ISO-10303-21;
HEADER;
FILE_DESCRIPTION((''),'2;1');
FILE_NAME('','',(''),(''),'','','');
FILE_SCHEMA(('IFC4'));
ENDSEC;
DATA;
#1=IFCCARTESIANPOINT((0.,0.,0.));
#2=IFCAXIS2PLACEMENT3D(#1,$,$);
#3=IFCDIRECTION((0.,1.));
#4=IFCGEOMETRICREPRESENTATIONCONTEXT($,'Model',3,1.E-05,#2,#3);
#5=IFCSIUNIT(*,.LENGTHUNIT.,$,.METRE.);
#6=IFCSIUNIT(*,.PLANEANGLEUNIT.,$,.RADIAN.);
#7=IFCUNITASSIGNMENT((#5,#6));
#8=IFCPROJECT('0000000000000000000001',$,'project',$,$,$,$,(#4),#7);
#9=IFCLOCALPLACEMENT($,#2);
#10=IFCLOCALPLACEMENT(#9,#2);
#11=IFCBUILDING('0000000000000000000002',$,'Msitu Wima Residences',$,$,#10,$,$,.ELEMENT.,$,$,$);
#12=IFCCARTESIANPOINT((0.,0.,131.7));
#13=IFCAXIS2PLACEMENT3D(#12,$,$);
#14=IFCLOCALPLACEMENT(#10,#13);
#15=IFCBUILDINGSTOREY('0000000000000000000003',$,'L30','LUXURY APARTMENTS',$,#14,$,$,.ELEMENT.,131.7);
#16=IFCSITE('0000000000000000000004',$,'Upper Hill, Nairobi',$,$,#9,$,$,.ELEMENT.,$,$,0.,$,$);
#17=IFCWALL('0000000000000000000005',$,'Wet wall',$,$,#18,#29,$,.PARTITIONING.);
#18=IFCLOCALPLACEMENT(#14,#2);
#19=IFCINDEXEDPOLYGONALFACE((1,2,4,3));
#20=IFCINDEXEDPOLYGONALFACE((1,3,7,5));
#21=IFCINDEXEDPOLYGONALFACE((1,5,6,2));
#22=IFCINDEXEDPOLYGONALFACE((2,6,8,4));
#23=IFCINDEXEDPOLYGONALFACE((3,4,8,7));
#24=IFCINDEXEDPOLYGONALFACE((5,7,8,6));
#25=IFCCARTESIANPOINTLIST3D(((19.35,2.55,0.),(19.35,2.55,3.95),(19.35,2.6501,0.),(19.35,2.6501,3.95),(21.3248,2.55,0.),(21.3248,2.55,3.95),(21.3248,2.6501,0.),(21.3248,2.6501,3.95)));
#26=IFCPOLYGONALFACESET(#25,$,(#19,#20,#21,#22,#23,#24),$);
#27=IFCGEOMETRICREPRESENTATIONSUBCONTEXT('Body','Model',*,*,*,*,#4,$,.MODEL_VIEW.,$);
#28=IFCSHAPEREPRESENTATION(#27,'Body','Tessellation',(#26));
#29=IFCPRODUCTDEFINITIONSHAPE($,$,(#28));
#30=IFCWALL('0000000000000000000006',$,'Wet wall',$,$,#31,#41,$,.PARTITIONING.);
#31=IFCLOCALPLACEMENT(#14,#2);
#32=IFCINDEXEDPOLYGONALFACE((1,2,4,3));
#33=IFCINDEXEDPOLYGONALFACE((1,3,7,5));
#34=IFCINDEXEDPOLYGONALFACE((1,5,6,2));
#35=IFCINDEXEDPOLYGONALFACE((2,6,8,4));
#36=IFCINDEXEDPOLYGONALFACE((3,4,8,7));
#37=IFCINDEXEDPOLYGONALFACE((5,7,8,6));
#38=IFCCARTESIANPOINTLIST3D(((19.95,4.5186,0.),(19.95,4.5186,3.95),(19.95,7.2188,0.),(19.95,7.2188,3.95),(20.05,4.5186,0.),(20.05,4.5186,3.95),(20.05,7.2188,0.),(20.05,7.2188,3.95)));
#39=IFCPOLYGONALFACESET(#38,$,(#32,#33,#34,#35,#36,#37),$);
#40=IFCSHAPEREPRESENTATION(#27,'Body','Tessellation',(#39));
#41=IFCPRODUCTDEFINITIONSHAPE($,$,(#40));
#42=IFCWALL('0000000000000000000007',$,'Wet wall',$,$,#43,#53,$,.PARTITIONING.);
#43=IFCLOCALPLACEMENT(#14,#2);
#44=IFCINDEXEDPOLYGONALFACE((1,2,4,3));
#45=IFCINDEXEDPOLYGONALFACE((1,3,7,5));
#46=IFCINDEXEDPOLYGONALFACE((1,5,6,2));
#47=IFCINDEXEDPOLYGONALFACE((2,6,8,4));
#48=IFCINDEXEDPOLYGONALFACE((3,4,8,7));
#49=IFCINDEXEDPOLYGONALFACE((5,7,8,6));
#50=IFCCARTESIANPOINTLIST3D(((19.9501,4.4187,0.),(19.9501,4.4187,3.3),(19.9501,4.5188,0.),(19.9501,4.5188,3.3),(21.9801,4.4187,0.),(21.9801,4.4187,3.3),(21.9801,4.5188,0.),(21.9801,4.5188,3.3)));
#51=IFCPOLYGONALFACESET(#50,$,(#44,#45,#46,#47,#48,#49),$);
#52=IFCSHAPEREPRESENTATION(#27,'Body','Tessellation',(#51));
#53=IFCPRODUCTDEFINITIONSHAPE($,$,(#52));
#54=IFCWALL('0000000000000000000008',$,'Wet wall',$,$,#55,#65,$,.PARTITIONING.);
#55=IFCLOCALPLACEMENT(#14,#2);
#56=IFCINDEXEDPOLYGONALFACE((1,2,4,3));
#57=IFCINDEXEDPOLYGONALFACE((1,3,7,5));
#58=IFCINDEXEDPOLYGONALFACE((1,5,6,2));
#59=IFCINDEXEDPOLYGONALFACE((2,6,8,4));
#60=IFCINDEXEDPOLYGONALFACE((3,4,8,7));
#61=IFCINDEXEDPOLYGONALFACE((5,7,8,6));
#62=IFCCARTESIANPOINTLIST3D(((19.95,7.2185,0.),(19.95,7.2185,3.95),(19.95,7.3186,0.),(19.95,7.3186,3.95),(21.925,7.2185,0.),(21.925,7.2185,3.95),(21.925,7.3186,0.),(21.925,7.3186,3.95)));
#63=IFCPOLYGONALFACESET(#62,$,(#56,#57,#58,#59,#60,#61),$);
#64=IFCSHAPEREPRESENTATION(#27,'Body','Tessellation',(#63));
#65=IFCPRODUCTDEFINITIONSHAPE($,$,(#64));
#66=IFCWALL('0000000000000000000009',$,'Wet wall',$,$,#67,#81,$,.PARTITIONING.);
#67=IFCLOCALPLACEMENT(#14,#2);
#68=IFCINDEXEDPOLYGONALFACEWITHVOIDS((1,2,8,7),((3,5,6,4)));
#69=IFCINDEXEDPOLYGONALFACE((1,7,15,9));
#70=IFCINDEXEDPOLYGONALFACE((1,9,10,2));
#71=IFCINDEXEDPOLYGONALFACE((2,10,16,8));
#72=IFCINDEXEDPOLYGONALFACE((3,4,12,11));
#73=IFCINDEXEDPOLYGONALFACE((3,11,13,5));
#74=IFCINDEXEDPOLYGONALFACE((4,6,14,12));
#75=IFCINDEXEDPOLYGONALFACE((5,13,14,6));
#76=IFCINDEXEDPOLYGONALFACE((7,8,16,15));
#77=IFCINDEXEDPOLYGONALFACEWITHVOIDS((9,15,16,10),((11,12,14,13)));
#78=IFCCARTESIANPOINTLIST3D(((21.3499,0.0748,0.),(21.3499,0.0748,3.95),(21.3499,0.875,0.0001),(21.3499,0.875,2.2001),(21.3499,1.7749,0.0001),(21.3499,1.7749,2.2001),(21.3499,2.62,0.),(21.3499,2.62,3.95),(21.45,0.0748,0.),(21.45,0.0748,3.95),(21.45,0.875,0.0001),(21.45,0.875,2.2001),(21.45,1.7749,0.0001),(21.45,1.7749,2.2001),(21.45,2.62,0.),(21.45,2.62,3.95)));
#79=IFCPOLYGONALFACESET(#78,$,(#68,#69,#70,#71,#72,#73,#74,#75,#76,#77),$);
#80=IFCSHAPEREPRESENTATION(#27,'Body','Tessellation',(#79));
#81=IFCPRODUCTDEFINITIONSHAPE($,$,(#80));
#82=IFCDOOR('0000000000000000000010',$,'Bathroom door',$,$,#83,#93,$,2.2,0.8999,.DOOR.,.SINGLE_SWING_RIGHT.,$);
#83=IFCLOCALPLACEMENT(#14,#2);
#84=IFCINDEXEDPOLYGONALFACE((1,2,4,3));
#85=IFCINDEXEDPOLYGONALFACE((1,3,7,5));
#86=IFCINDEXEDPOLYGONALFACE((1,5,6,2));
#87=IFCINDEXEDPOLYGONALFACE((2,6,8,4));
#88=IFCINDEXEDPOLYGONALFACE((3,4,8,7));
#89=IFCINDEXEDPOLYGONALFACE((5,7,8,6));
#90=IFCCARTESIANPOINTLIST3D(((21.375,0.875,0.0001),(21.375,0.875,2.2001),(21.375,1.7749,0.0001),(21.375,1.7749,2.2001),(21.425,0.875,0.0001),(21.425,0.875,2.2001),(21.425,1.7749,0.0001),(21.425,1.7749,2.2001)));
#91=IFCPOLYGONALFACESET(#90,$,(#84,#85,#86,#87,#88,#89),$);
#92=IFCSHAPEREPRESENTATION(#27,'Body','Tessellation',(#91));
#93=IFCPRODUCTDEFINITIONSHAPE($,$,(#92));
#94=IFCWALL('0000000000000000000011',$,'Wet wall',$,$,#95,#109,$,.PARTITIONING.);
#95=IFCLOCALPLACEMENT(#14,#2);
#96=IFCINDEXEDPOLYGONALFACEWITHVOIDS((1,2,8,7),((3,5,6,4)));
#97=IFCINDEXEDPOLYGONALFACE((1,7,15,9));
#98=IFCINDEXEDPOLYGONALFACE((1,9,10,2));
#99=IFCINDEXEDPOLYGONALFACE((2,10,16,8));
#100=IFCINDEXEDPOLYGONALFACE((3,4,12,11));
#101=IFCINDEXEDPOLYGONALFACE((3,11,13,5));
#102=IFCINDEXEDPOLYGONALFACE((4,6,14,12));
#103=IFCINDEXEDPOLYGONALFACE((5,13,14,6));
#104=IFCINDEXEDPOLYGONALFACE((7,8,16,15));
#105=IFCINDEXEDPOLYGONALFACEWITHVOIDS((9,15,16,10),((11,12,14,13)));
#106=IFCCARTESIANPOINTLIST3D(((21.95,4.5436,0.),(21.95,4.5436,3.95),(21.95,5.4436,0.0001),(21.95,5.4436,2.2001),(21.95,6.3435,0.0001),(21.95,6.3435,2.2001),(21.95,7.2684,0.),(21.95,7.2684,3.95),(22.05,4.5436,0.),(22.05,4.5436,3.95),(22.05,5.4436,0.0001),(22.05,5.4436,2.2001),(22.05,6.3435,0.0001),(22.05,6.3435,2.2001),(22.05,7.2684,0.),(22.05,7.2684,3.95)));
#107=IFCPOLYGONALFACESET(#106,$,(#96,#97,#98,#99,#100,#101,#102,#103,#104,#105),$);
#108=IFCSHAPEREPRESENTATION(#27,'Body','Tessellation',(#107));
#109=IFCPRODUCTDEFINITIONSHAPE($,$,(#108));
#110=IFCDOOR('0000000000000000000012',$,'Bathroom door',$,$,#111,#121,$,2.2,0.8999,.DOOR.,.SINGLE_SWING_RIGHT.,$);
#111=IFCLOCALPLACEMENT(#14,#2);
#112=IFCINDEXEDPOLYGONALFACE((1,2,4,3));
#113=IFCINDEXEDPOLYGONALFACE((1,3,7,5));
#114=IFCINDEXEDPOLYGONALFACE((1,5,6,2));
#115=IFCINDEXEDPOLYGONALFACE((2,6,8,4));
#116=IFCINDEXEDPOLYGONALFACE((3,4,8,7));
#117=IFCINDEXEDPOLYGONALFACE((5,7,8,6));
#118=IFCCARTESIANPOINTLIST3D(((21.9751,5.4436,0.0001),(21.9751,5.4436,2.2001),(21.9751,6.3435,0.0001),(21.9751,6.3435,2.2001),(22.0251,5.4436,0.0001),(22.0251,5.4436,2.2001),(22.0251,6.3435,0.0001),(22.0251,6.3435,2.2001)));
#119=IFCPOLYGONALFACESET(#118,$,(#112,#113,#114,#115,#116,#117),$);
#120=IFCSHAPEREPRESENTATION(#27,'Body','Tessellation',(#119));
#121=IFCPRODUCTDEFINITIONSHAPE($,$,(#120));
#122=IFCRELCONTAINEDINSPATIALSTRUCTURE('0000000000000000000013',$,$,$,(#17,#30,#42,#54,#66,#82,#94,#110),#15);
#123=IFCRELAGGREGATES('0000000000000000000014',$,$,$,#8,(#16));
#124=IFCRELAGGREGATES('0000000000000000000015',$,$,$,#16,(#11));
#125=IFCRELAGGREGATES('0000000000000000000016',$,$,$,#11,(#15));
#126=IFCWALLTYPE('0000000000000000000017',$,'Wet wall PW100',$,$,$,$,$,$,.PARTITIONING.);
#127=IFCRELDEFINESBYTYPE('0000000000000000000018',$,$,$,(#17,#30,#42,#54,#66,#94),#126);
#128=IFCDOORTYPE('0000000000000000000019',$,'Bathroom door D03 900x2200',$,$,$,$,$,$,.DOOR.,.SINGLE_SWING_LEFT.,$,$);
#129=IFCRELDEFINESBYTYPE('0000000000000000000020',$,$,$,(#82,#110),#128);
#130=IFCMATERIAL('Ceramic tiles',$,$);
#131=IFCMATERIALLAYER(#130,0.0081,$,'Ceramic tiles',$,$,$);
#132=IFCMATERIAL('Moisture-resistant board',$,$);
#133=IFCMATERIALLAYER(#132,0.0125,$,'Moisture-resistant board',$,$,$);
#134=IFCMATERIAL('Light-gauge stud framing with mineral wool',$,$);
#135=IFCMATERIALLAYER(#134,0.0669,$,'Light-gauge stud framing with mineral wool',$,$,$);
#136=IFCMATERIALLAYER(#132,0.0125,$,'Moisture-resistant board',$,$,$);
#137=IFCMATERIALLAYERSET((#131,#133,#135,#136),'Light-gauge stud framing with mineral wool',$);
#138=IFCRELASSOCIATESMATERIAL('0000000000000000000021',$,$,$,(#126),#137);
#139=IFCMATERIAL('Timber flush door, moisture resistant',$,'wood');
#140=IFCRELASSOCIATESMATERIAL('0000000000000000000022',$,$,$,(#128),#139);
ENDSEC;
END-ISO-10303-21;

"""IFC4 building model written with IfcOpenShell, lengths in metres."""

from ifc_helpers import new_model, si_unit, direction, frame, frame_2d, origin, place, context, subcontext, project, spatial, rectangle, extrude, material, layer, layer_set, type_object, element, fill, save


model = new_model("IFC4")

# Units and contexts
model_context = context("Model", 3, precision=1e-05, world=origin(), true_north=direction((0.0, 1.0)))
body_context = subcontext(model_context, "Body", "Model", "MODEL_VIEW")
ifc_project = project(units=[si_unit("LENGTHUNIT", "METRE"), si_unit("PLANEANGLEUNIT", "RADIAN")], contexts=[model_context])

# Site, building, storey
site_placement = place(None, origin())
site = spatial("IfcSite", under=ifc_project, at=site_placement, Name="Upper Hill, Nairobi", CompositionType="ELEMENT", RefElevation=0.0)
building_placement = place(site_placement, origin())
building = spatial("IfcBuilding", under=site, at=building_placement, Name="Msitu Wima Residences", CompositionType="ELEMENT")
storey_placement = place(building_placement, frame((0.0, 0.0, 131.7)))
storey = spatial("IfcBuildingStorey", under=building, at=storey_placement, Name="L30", Description="LUXURY APARTMENTS", CompositionType="ELEMENT", Elevation=131.7)

# Walls
ifc_material_1 = material(Name="Ceramic tiles")
ifc_layer_1 = layer(ifc_material_1, 0.0081, Name="Ceramic tiles")
ifc_material_2 = material(Name="Moisture-resistant board")
ifc_layer_2 = layer(ifc_material_2, 0.0125, Name="Moisture-resistant board")
ifc_material_3 = material(Name="Light-gauge stud framing with mineral wool")
ifc_layer_3 = layer(ifc_material_3, 0.0669, Name="Light-gauge stud framing with mineral wool")
ifc_layer_4 = layer(ifc_material_2, 0.0125, Name="Moisture-resistant board")
ifc_layer_set_1 = layer_set([ifc_layer_1, ifc_layer_2, ifc_layer_3, ifc_layer_4], Name="Light-gauge stud framing with mineral wool")
wall_type_1 = type_object("IfcWallType", Name="Wet wall PW100", PredefinedType="PARTITIONING", material=ifc_layer_set_1)
wall_1_placement = place(storey_placement, frame((19.3501, 2.6001, 0.0), z_axis=(0.0, 0.0, 1.0), x_axis=(1.0, 0.0, 0.0)))
element("IfcWall", 1, at=wall_1_placement, inside=storey, type_object=wall_type_1, Name="Wet wall", PredefinedType="PARTITIONING", context=body_context, shape_type="SweptSolid", body=[
    extrude(rectangle(XDim=1.9749, YDim=0.1001, at=frame_2d((0.9873, 0.0))), origin(), (0.0, 0.0, 1.0), 3.95),
])
wall_2_placement = place(storey_placement, frame((20.0, 4.5186, 0.0), z_axis=(0.0, 0.0, 1.0), x_axis=(0.0, 1.0, 0.0)))
element("IfcWall", 2, at=wall_2_placement, inside=storey, type_object=wall_type_1, Name="Wet wall", PredefinedType="PARTITIONING", context=body_context, shape_type="SweptSolid", body=[
    extrude(rectangle(XDim=2.7002, YDim=0.1001, at=frame_2d((1.3501, 0.0))), origin(), (0.0, 0.0, 1.0), 3.95),
])
wall_3_placement = place(storey_placement, frame((19.95, 4.4688, 0.0), z_axis=(0.0, 0.0, 1.0), x_axis=(1.0, 0.0, 0.0)))
element("IfcWall", 3, at=wall_3_placement, inside=storey, type_object=wall_type_1, Name="Wet wall", PredefinedType="PARTITIONING", context=body_context, shape_type="SweptSolid", body=[
    extrude(rectangle(XDim=2.03, YDim=0.1001, at=frame_2d((1.0151, 0.0))), origin(), (0.0, 0.0, 1.0), 3.3),
])
wall_4_placement = place(storey_placement, frame((19.95, 7.2686, 0.0), z_axis=(0.0, 0.0, 1.0), x_axis=(1.0, 0.0, 0.0)))
element("IfcWall", 4, at=wall_4_placement, inside=storey, type_object=wall_type_1, Name="Wet wall", PredefinedType="PARTITIONING", context=body_context, shape_type="SweptSolid", body=[
    extrude(rectangle(XDim=1.9751, YDim=0.1001, at=frame_2d((0.9875, 0.0))), origin(), (0.0, 0.0, 1.0), 3.95),
])

# Walls, openings, doors
wall_5_placement = place(storey_placement, frame((21.3999, 0.075, 0.0), z_axis=(0.0, 0.0, 1.0), x_axis=(0.0, 1.0, 0.0)))
wall_5 = element("IfcWall", 5, at=wall_5_placement, inside=storey, type_object=wall_type_1, Name="Wet wall", PredefinedType="PARTITIONING", context=body_context, shape_type="SweptSolid", body=[
    extrude(rectangle(XDim=2.5452, YDim=0.1001, at=frame_2d((1.2725, 0.0))), origin(), (0.0, 0.0, 1.0), 3.95),
])
opening_1_placement = place(wall_5_placement, frame((0.8, 0.0, 0.0)))
opening_1 = element("IfcOpeningElement", 6, at=opening_1_placement, cuts=wall_5, PredefinedType="OPENING", context=body_context, shape_type="SweptSolid", body=[
    extrude(rectangle(XDim=0.8999, YDim=2.2, at=frame_2d((0.45, 1.1001))), frame((0.0, 0.0601, 0.0), z_axis=(0.0, -1.0, 0.0), x_axis=(1.0, 0.0, 0.0)), (0.0, 0.0, 1.0), 0.1201),
])
ifc_material_4 = material(Name="Timber flush door, moisture resistant", Category="wood")
door_type_1 = type_object("IfcDoorType", Name="Bathroom door D03 900x2200", OperationType="SINGLE_SWING_LEFT", PredefinedType="DOOR", material=ifc_material_4)
door_1_placement = place(opening_1_placement, origin())
door_1 = element("IfcDoor", 7, at=door_1_placement, inside=storey, type_object=door_type_1, Name="Bathroom door", OperationType="SINGLE_SWING_RIGHT", OverallHeight=2.2, OverallWidth=0.8999, PredefinedType="DOOR", context=body_context, shape_type="SweptSolid", body=[
    extrude(rectangle(XDim=0.8999, YDim=2.2, at=frame_2d((0.45, 1.1001))), frame((0.0, 0.0249, 0.0), z_axis=(0.0, -1.0, 0.0), x_axis=(1.0, 0.0, 0.0)), (0.0, 0.0, 1.0), 0.05),
])
fill(opening_1, door_1)
wall_6_placement = place(storey_placement, frame((22.0, 4.5437, 0.0), z_axis=(0.0, 0.0, 1.0), x_axis=(0.0, 1.0, 0.0)))
wall_6 = element("IfcWall", 8, at=wall_6_placement, inside=storey, type_object=wall_type_1, Name="Wet wall", PredefinedType="PARTITIONING", context=body_context, shape_type="SweptSolid", body=[
    extrude(rectangle(XDim=2.7249, YDim=0.1001, at=frame_2d((1.3623, 0.0))), origin(), (0.0, 0.0, 1.0), 3.95),
])
opening_2_placement = place(wall_6_placement, frame((0.8999, 0.0, 0.0)))
opening_2 = element("IfcOpeningElement", 9, at=opening_2_placement, cuts=wall_6, PredefinedType="OPENING", context=body_context, shape_type="SweptSolid", body=[
    extrude(rectangle(XDim=0.8999, YDim=2.2, at=frame_2d((0.45, 1.1001))), frame((0.0, 0.0601, 0.0), z_axis=(0.0, -1.0, 0.0), x_axis=(1.0, 0.0, 0.0)), (0.0, 0.0, 1.0), 0.1201),
])
door_2_placement = place(opening_2_placement, origin())
door_2 = element("IfcDoor", 10, at=door_2_placement, inside=storey, type_object=door_type_1, Name="Bathroom door", OperationType="SINGLE_SWING_RIGHT", OverallHeight=2.2, OverallWidth=0.8999, PredefinedType="DOOR", context=body_context, shape_type="SweptSolid", body=[
    extrude(rectangle(XDim=0.8999, YDim=2.2, at=frame_2d((0.45, 1.1001))), frame((0.0, 0.0249, 0.0), z_axis=(0.0, -1.0, 0.0), x_axis=(1.0, 0.0, 0.0)), (0.0, 0.0, 1.0), 0.05),
])
fill(opening_2, door_2)

save(model, "model.ifc")
